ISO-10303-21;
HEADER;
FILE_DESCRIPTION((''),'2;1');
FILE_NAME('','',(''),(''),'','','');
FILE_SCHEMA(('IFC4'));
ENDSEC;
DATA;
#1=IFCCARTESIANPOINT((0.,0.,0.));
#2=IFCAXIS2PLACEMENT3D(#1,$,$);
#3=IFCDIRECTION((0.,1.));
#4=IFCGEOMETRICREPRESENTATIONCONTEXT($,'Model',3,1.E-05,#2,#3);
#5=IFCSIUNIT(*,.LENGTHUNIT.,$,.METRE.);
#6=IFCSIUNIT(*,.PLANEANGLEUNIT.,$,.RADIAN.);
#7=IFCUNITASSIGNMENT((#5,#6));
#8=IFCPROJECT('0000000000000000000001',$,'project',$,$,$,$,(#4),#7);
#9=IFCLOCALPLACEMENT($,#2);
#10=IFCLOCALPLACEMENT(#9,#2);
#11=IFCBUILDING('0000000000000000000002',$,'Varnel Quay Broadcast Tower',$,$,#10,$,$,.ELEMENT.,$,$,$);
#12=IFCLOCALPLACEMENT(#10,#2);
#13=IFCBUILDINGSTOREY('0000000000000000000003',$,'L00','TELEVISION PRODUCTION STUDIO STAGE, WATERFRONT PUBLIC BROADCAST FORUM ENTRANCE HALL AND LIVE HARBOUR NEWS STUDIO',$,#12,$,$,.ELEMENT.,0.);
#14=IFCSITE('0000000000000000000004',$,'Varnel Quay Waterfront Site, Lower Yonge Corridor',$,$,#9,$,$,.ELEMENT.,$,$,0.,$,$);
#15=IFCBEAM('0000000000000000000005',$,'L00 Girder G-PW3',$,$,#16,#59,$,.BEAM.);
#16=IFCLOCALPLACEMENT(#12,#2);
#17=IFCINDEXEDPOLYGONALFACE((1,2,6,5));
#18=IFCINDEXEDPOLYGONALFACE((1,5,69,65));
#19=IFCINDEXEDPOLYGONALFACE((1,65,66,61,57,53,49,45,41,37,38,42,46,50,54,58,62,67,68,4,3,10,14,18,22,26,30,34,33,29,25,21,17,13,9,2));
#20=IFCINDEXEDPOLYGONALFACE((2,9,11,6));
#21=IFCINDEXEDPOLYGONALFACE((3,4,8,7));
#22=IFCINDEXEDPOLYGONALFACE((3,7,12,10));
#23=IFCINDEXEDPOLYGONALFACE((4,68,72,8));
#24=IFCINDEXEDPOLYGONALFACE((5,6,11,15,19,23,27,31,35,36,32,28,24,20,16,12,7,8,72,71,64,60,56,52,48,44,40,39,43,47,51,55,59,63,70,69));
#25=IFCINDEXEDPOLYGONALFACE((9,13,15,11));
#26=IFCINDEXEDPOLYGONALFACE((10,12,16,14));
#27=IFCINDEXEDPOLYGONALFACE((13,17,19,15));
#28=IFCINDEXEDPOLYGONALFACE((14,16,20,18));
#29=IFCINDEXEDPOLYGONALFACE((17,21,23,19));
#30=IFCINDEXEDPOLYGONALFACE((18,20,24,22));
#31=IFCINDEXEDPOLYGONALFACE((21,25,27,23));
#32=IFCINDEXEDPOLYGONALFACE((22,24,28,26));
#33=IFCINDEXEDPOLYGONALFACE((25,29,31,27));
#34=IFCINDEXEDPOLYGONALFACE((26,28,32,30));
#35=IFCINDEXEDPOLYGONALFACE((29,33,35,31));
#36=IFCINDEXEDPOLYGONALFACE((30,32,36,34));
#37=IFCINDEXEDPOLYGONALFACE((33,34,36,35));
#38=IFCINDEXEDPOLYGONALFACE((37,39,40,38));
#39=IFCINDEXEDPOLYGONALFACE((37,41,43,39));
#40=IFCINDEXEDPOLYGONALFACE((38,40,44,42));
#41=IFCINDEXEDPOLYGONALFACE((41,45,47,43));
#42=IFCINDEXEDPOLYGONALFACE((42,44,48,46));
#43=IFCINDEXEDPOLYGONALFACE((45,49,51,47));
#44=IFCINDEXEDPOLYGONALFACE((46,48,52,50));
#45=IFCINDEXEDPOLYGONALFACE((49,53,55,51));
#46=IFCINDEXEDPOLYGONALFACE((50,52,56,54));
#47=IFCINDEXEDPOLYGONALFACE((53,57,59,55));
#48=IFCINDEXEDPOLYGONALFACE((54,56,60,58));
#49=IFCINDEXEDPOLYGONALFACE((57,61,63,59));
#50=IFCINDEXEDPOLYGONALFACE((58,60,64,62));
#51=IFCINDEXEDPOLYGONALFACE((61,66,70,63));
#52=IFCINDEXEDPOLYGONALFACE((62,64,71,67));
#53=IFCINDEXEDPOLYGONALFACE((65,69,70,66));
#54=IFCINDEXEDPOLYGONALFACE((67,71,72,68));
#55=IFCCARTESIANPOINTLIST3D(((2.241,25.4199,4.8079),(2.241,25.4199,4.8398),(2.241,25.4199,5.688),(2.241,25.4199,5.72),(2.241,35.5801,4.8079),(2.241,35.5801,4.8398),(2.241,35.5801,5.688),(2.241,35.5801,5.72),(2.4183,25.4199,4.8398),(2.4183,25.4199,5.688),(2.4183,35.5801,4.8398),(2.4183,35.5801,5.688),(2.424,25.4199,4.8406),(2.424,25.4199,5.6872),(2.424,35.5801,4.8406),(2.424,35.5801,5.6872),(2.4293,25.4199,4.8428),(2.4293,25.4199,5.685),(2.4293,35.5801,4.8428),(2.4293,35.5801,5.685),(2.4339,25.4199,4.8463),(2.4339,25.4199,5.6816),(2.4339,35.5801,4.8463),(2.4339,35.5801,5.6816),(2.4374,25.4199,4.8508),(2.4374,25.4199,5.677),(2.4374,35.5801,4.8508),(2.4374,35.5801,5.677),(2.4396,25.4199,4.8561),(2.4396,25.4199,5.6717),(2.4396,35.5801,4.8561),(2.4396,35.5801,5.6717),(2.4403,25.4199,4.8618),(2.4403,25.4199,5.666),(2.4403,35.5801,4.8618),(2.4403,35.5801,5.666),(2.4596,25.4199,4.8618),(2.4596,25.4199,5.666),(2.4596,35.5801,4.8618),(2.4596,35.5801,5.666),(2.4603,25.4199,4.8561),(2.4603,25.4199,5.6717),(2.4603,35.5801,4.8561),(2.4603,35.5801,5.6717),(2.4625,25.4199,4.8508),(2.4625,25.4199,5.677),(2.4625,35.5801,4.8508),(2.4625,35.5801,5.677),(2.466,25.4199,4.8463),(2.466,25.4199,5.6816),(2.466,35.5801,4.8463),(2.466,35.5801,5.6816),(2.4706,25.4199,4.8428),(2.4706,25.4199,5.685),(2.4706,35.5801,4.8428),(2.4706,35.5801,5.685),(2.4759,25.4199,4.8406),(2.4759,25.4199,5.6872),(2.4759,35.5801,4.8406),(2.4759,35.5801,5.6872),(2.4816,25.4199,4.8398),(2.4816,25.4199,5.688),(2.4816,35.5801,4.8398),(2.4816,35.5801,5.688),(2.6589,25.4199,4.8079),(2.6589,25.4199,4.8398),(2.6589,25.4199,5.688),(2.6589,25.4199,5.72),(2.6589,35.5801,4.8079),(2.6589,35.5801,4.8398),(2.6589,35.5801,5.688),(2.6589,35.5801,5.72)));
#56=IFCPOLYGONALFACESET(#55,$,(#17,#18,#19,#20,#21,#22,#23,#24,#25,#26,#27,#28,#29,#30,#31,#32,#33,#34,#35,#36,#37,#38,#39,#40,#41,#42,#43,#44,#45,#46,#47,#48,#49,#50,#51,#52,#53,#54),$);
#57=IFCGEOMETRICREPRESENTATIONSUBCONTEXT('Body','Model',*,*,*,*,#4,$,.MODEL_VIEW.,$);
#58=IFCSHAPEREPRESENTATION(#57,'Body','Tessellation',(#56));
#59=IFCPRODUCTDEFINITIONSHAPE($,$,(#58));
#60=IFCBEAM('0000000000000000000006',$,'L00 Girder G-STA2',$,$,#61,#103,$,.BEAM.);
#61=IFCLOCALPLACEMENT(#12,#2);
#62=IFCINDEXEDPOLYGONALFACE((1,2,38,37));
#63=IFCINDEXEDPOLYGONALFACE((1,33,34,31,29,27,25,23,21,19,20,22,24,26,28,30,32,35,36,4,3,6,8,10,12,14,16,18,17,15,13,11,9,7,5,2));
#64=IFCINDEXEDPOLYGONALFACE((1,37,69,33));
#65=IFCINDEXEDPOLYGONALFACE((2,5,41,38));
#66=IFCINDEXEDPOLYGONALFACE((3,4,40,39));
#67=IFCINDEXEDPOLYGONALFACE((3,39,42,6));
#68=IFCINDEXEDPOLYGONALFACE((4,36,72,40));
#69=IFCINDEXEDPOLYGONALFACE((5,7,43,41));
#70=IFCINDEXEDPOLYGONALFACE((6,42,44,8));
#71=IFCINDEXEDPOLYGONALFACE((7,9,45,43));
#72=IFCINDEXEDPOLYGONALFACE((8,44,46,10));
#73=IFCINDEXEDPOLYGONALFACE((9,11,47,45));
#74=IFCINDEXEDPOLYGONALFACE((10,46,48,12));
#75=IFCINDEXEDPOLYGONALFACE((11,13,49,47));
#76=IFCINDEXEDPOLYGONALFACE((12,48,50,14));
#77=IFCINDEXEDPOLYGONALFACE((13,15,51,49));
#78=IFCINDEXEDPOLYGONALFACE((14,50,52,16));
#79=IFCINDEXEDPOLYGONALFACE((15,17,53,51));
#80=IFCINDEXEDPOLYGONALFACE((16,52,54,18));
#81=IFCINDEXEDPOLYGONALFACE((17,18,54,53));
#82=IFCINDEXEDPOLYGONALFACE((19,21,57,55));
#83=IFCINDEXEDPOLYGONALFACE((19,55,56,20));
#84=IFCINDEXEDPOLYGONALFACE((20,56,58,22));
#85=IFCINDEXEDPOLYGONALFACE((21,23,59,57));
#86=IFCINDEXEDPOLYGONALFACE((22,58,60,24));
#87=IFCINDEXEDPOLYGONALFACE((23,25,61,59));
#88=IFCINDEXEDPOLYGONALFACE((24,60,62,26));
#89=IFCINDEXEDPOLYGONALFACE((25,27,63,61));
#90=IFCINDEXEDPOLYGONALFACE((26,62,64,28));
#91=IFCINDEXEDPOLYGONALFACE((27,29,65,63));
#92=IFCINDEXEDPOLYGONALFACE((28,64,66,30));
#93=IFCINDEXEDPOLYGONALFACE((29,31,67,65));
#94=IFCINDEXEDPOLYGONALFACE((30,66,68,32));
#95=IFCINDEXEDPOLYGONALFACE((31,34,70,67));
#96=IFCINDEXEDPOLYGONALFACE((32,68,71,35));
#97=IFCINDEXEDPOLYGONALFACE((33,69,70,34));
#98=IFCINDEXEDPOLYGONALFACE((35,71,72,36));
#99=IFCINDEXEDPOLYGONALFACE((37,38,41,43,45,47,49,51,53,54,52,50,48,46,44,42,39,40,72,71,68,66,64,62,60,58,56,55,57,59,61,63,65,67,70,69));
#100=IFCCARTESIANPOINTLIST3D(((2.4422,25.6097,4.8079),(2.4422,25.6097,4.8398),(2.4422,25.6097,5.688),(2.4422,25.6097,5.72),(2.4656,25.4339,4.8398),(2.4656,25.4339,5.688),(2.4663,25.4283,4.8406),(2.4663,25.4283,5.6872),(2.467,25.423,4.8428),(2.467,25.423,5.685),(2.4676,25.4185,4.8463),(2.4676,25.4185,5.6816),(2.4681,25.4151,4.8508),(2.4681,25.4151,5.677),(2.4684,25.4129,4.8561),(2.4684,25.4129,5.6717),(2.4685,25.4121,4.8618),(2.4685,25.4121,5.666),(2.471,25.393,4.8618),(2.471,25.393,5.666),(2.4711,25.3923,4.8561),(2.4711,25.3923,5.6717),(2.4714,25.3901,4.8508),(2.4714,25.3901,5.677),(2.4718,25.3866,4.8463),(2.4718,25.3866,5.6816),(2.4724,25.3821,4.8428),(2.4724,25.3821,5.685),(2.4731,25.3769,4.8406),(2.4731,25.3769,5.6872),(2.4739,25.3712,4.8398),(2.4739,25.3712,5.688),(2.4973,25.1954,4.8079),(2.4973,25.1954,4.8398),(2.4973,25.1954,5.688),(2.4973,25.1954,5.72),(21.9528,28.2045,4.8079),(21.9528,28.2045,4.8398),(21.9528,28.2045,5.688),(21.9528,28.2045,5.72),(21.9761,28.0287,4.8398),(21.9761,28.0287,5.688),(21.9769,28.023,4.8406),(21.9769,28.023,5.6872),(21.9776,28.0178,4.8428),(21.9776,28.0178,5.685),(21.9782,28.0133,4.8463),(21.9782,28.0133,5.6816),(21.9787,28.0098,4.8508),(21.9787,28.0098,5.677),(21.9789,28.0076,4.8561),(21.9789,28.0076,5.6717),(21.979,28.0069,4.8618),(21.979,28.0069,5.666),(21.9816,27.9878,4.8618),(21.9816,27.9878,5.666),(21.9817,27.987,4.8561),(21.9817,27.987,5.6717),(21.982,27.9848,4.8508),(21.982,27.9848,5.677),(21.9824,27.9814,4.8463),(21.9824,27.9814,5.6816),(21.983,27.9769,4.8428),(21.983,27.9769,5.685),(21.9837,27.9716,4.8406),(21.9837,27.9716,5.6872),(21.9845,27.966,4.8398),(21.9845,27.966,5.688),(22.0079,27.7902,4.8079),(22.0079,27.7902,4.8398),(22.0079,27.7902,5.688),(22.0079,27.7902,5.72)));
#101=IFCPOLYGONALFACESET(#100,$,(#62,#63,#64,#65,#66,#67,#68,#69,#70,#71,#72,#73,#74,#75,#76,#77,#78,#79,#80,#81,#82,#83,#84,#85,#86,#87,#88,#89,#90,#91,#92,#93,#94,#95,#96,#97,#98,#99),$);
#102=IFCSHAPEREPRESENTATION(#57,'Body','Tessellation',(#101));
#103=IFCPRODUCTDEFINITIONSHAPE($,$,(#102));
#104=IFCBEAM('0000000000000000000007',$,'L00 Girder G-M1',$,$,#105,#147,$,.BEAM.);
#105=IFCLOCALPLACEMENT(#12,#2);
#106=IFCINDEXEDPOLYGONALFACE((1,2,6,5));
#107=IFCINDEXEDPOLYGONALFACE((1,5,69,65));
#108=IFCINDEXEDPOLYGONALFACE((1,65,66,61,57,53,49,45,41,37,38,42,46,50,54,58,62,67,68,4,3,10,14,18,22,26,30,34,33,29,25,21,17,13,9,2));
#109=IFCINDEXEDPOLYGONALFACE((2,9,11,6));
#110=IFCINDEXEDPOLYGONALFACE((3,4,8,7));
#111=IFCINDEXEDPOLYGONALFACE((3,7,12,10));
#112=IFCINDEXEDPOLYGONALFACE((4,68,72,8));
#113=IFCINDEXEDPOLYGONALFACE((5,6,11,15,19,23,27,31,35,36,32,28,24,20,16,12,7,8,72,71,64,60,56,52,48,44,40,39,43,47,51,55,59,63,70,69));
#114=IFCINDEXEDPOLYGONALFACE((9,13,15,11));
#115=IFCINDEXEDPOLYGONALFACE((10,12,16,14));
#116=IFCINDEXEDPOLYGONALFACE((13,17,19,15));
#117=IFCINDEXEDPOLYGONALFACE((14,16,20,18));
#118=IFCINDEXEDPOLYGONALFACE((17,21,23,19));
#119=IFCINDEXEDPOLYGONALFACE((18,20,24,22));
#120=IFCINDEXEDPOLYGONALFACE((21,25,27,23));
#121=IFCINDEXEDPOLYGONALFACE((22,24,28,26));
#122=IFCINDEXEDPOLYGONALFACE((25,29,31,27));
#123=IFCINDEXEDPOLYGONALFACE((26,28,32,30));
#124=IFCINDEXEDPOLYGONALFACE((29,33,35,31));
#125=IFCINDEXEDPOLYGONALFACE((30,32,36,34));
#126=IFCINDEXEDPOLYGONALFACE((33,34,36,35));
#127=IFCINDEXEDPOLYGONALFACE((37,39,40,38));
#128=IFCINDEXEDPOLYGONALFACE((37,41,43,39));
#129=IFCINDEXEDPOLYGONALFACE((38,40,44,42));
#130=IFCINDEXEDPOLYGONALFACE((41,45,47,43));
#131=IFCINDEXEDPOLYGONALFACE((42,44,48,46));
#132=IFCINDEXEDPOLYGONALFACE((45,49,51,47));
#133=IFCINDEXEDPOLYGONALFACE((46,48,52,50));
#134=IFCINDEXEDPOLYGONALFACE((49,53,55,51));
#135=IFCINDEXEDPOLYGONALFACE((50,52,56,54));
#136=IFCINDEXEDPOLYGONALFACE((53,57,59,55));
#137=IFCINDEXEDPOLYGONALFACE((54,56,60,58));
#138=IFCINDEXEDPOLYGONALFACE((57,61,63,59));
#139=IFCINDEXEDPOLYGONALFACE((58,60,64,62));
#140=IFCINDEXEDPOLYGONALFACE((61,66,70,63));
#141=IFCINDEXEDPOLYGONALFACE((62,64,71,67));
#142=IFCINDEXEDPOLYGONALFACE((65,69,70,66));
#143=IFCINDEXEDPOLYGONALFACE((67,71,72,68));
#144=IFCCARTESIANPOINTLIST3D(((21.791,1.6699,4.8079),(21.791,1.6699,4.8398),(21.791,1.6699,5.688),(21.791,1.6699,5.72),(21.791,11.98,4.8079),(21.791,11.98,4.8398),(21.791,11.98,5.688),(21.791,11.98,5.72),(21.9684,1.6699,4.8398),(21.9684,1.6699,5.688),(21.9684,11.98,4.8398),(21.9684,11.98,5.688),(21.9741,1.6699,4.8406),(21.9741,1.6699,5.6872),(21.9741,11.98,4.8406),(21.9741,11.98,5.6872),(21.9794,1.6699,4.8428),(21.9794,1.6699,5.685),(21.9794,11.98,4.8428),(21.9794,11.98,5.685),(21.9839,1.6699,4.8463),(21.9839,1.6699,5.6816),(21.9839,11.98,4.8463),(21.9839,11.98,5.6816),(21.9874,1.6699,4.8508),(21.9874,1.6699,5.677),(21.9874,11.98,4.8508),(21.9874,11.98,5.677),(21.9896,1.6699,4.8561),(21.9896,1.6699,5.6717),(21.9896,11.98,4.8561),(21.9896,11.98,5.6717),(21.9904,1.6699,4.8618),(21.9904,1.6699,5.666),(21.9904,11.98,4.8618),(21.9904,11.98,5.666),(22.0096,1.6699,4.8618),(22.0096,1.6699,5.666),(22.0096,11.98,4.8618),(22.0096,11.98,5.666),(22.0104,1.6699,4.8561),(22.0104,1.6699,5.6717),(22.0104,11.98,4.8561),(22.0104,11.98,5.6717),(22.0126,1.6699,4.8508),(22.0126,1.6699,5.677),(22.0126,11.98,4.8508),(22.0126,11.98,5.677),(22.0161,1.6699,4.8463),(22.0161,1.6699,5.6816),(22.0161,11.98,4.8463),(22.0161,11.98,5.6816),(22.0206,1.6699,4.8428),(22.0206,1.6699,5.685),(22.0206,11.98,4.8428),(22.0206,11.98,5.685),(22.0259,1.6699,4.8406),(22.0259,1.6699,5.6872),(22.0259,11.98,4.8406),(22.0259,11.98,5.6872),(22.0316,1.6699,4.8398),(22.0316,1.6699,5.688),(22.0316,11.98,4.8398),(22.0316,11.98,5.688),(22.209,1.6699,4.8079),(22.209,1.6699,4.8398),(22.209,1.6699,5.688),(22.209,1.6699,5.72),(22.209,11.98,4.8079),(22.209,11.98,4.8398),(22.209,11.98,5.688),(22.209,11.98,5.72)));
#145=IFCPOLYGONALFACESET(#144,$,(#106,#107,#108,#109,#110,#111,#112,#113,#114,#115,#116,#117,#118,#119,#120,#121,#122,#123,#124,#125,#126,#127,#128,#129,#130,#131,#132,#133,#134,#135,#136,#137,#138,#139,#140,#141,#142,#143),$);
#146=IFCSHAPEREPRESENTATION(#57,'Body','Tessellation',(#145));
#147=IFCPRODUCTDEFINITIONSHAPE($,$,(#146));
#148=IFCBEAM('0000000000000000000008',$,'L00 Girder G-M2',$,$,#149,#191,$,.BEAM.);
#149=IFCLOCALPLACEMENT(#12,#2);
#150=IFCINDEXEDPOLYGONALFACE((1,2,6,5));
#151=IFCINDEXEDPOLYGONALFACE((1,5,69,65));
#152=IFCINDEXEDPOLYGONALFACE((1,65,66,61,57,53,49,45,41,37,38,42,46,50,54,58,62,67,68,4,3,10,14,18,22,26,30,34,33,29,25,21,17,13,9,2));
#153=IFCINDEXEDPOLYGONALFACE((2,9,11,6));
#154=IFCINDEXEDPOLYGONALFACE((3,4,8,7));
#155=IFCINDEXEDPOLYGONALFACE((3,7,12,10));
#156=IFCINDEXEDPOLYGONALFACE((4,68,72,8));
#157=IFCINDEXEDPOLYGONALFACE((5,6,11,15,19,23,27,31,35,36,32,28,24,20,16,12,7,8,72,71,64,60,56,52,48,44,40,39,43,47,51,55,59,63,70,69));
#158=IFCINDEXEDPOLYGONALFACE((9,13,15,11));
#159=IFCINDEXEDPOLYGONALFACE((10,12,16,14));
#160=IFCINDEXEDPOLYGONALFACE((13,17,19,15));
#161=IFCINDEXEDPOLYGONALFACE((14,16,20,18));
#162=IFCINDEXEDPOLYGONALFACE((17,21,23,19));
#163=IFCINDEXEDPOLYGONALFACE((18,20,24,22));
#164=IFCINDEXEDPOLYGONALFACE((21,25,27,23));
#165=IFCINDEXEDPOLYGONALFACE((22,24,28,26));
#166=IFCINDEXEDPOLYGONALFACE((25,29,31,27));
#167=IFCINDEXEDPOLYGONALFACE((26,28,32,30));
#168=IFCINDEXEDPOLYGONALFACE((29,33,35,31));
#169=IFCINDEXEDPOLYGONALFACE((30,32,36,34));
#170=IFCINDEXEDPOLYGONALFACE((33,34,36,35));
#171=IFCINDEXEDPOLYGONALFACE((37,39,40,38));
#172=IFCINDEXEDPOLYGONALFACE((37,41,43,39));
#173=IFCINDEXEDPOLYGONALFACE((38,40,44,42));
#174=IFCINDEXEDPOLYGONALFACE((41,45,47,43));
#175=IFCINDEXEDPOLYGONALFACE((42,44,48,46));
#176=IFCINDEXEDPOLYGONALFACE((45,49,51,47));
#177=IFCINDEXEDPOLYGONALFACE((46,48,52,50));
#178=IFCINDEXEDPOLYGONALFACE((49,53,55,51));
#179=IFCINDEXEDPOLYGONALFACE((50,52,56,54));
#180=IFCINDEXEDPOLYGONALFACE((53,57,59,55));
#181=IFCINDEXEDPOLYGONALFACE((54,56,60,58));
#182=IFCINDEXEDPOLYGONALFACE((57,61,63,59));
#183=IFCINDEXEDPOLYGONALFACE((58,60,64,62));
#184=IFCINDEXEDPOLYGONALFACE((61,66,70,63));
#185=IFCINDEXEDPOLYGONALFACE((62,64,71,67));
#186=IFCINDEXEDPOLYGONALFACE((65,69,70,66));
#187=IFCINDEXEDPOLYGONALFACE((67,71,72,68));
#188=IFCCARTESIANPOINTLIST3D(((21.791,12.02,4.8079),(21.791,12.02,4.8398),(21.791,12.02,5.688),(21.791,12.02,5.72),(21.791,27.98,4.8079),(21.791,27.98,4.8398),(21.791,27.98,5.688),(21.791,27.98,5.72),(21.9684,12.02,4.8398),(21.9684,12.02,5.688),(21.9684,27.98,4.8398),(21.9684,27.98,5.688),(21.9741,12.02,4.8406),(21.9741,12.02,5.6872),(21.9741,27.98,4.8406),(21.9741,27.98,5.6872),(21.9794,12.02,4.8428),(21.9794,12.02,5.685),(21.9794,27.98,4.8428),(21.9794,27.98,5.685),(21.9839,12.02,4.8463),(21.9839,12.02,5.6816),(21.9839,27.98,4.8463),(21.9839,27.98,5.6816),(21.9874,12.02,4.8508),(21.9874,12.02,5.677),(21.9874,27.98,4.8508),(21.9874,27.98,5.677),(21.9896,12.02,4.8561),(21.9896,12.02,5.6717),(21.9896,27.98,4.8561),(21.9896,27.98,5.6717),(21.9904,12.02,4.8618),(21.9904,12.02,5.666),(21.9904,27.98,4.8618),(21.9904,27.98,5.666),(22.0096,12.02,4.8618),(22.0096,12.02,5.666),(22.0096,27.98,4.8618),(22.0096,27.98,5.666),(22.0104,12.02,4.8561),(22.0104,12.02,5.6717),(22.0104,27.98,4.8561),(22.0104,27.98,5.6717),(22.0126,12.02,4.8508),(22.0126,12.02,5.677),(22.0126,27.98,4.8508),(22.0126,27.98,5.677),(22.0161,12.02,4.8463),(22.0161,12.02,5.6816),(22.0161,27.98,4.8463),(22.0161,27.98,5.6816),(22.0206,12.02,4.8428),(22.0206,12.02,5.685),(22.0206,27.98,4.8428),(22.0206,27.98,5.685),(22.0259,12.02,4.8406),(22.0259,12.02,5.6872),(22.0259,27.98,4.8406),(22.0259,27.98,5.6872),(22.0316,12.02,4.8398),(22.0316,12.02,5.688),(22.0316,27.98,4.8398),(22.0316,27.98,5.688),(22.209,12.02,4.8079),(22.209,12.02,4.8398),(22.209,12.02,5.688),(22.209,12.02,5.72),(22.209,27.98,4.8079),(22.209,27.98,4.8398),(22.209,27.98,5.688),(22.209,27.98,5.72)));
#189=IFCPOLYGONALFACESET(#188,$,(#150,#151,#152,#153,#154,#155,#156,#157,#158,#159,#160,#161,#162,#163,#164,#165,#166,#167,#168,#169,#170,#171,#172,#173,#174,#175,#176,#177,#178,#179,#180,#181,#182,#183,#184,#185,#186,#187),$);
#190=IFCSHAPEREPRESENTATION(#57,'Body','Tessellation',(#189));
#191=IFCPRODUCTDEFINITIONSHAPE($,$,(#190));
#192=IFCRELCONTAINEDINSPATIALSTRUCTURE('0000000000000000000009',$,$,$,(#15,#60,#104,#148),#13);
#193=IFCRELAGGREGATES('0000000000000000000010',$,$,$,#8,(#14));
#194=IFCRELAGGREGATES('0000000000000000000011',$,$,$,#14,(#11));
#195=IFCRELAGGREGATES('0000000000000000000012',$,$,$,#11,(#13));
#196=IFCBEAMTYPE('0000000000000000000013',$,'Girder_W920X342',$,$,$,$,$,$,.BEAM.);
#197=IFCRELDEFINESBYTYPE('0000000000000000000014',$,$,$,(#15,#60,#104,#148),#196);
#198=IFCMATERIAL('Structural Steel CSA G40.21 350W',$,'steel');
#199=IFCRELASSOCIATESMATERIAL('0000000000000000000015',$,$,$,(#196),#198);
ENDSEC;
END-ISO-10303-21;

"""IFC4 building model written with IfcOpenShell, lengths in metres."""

from ifc_helpers import new_model, si_unit, direction, frame, origin, origin_2d, place, context, subcontext, project, spatial, i_section, extrude, source, transform, mapped, material, material_profile, profile_set, type_object, element, save


model = new_model("IFC4")

# Units and contexts
model_context = context("Model", 3, precision=1e-05, world=origin(), true_north=direction((0.0, 1.0)))
body_context = subcontext(model_context, "Body", "Model", "MODEL_VIEW")
ifc_project = project(units=[si_unit("LENGTHUNIT", "METRE"), si_unit("PLANEANGLEUNIT", "RADIAN")], contexts=[model_context])

# Site, building, storey
site_placement = place(None, origin())
site = spatial("IfcSite", under=ifc_project, at=site_placement, Name="Varnel Quay Waterfront Site, Lower Yonge Corridor", CompositionType="ELEMENT", RefElevation=0.0)
building_placement = place(site_placement, origin())
building = spatial("IfcBuilding", under=site, at=building_placement, Name="Varnel Quay Broadcast Tower", CompositionType="ELEMENT")
storey_placement = place(building_placement, origin())
storey = spatial("IfcBuildingStorey", under=building, at=storey_placement, Name="L00", Description="TELEVISION PRODUCTION STUDIO STAGE, WATERFRONT PUBLIC BROADCAST FORUM ENTRANCE HALL AND LIVE HARBOUR NEWS STUDIO", CompositionType="ELEMENT", Elevation=0.0)

# Shared definitions
ifc_material_1 = material(Name="Structural Steel CSA G40.21 350W", Category="steel")

# Beams
ifc_material_profile_1 = material_profile(ifc_material_1, i_section(OverallWidth=0.418, OverallDepth=0.9121, WebThickness=0.0193, FlangeThickness=0.032, FilletRadius=0.022, at=origin_2d()), Name="W920X342")
ifc_profile_set_1 = profile_set([ifc_material_profile_1], Name="Structural Steel CSA G40.21 350W")
beam_type = type_object("IfcBeamType", Name="Girder_W920X342", PredefinedType="BEAM", material=ifc_profile_set_1)
shared_shape_1 = source(origin(), body_context, "Body", "SweptSolid", [
    extrude(i_section(OverallWidth=0.418, OverallDepth=0.9121, WebThickness=0.0193, FlangeThickness=0.032, FilletRadius=0.022, at=origin_2d()), origin(), (0.0, 0.0, 1.0), 10.1602),
])
beam_1_placement = place(storey_placement, frame((2.45, 25.4199, 5.2639), z_axis=(0.0, 1.0, 0.0), x_axis=(-1.0, 0.0, 0.0)))
element("IfcBeam", 1, at=beam_1_placement, inside=storey, type_object=beam_type, Name="L00 Girder G-PW3", PredefinedType="BEAM", context=body_context, shape_type="MappedRepresentation", body=[
    mapped(shared_shape_1, transform((0.0, 0.0, 0.0), x_axis=(1.0, 0.0, 0.0), y_axis=(0.0, 1.0, 0.0), z_axis=(0.0, 0.0, 1.0), scale=1.0)),
])
shared_shape_2 = source(origin(), body_context, "Body", "SweptSolid", [
    extrude(i_section(OverallWidth=0.418, OverallDepth=0.9121, WebThickness=0.0193, FlangeThickness=0.032, FilletRadius=0.022, at=origin_2d()), origin(), (0.0, 0.0, 1.0), 19.6824),
])
beam_2_placement = place(storey_placement, frame((2.4697, 25.4026, 5.2639), z_axis=(0.991272, 0.131831, 0.0), x_axis=(-0.131831, 0.991272, 0.0)))
element("IfcBeam", 2, at=beam_2_placement, inside=storey, type_object=beam_type, Name="L00 Girder G-STA2", PredefinedType="BEAM", context=body_context, shape_type="MappedRepresentation", body=[
    mapped(shared_shape_2, transform((0.0, 0.0, 0.0), x_axis=(1.0, 0.0, 0.0), y_axis=(0.0, 1.0, 0.0), z_axis=(0.0, 0.0, 1.0), scale=1.0)),
])
shared_shape_3 = source(origin(), body_context, "Body", "SweptSolid", [
    extrude(i_section(OverallWidth=0.418, OverallDepth=0.9121, WebThickness=0.0193, FlangeThickness=0.032, FilletRadius=0.022, at=origin_2d()), origin(), (0.0, 0.0, 1.0), 10.3101),
])
beam_3_placement = place(storey_placement, frame((22.0, 1.6699, 5.2639), z_axis=(0.0, 1.0, 0.0), x_axis=(-1.0, 0.0, 0.0)))
element("IfcBeam", 3, at=beam_3_placement, inside=storey, type_object=beam_type, Name="L00 Girder G-M1", PredefinedType="BEAM", context=body_context, shape_type="MappedRepresentation", body=[
    mapped(shared_shape_3, transform((0.0, 0.0, 0.0), x_axis=(1.0, 0.0, 0.0), y_axis=(0.0, 1.0, 0.0), z_axis=(0.0, 0.0, 1.0), scale=1.0)),
])
shared_shape_4 = source(origin(), body_context, "Body", "SweptSolid", [
    extrude(i_section(OverallWidth=0.418, OverallDepth=0.9121, WebThickness=0.0193, FlangeThickness=0.032, FilletRadius=0.022, at=origin_2d()), origin(), (0.0, 0.0, 1.0), 15.96),
])
beam_4_placement = place(storey_placement, frame((22.0, 12.02, 5.2639), z_axis=(0.0, 1.0, 0.0), x_axis=(-1.0, 0.0, 0.0)))
element("IfcBeam", 4, at=beam_4_placement, inside=storey, type_object=beam_type, Name="L00 Girder G-M2", PredefinedType="BEAM", context=body_context, shape_type="MappedRepresentation", body=[
    mapped(shared_shape_4, transform((0.0, 0.0, 0.0), x_axis=(1.0, 0.0, 0.0), y_axis=(0.0, 1.0, 0.0), z_axis=(0.0, 0.0, 1.0), scale=1.0)),
])

save(model, "model.ifc")
